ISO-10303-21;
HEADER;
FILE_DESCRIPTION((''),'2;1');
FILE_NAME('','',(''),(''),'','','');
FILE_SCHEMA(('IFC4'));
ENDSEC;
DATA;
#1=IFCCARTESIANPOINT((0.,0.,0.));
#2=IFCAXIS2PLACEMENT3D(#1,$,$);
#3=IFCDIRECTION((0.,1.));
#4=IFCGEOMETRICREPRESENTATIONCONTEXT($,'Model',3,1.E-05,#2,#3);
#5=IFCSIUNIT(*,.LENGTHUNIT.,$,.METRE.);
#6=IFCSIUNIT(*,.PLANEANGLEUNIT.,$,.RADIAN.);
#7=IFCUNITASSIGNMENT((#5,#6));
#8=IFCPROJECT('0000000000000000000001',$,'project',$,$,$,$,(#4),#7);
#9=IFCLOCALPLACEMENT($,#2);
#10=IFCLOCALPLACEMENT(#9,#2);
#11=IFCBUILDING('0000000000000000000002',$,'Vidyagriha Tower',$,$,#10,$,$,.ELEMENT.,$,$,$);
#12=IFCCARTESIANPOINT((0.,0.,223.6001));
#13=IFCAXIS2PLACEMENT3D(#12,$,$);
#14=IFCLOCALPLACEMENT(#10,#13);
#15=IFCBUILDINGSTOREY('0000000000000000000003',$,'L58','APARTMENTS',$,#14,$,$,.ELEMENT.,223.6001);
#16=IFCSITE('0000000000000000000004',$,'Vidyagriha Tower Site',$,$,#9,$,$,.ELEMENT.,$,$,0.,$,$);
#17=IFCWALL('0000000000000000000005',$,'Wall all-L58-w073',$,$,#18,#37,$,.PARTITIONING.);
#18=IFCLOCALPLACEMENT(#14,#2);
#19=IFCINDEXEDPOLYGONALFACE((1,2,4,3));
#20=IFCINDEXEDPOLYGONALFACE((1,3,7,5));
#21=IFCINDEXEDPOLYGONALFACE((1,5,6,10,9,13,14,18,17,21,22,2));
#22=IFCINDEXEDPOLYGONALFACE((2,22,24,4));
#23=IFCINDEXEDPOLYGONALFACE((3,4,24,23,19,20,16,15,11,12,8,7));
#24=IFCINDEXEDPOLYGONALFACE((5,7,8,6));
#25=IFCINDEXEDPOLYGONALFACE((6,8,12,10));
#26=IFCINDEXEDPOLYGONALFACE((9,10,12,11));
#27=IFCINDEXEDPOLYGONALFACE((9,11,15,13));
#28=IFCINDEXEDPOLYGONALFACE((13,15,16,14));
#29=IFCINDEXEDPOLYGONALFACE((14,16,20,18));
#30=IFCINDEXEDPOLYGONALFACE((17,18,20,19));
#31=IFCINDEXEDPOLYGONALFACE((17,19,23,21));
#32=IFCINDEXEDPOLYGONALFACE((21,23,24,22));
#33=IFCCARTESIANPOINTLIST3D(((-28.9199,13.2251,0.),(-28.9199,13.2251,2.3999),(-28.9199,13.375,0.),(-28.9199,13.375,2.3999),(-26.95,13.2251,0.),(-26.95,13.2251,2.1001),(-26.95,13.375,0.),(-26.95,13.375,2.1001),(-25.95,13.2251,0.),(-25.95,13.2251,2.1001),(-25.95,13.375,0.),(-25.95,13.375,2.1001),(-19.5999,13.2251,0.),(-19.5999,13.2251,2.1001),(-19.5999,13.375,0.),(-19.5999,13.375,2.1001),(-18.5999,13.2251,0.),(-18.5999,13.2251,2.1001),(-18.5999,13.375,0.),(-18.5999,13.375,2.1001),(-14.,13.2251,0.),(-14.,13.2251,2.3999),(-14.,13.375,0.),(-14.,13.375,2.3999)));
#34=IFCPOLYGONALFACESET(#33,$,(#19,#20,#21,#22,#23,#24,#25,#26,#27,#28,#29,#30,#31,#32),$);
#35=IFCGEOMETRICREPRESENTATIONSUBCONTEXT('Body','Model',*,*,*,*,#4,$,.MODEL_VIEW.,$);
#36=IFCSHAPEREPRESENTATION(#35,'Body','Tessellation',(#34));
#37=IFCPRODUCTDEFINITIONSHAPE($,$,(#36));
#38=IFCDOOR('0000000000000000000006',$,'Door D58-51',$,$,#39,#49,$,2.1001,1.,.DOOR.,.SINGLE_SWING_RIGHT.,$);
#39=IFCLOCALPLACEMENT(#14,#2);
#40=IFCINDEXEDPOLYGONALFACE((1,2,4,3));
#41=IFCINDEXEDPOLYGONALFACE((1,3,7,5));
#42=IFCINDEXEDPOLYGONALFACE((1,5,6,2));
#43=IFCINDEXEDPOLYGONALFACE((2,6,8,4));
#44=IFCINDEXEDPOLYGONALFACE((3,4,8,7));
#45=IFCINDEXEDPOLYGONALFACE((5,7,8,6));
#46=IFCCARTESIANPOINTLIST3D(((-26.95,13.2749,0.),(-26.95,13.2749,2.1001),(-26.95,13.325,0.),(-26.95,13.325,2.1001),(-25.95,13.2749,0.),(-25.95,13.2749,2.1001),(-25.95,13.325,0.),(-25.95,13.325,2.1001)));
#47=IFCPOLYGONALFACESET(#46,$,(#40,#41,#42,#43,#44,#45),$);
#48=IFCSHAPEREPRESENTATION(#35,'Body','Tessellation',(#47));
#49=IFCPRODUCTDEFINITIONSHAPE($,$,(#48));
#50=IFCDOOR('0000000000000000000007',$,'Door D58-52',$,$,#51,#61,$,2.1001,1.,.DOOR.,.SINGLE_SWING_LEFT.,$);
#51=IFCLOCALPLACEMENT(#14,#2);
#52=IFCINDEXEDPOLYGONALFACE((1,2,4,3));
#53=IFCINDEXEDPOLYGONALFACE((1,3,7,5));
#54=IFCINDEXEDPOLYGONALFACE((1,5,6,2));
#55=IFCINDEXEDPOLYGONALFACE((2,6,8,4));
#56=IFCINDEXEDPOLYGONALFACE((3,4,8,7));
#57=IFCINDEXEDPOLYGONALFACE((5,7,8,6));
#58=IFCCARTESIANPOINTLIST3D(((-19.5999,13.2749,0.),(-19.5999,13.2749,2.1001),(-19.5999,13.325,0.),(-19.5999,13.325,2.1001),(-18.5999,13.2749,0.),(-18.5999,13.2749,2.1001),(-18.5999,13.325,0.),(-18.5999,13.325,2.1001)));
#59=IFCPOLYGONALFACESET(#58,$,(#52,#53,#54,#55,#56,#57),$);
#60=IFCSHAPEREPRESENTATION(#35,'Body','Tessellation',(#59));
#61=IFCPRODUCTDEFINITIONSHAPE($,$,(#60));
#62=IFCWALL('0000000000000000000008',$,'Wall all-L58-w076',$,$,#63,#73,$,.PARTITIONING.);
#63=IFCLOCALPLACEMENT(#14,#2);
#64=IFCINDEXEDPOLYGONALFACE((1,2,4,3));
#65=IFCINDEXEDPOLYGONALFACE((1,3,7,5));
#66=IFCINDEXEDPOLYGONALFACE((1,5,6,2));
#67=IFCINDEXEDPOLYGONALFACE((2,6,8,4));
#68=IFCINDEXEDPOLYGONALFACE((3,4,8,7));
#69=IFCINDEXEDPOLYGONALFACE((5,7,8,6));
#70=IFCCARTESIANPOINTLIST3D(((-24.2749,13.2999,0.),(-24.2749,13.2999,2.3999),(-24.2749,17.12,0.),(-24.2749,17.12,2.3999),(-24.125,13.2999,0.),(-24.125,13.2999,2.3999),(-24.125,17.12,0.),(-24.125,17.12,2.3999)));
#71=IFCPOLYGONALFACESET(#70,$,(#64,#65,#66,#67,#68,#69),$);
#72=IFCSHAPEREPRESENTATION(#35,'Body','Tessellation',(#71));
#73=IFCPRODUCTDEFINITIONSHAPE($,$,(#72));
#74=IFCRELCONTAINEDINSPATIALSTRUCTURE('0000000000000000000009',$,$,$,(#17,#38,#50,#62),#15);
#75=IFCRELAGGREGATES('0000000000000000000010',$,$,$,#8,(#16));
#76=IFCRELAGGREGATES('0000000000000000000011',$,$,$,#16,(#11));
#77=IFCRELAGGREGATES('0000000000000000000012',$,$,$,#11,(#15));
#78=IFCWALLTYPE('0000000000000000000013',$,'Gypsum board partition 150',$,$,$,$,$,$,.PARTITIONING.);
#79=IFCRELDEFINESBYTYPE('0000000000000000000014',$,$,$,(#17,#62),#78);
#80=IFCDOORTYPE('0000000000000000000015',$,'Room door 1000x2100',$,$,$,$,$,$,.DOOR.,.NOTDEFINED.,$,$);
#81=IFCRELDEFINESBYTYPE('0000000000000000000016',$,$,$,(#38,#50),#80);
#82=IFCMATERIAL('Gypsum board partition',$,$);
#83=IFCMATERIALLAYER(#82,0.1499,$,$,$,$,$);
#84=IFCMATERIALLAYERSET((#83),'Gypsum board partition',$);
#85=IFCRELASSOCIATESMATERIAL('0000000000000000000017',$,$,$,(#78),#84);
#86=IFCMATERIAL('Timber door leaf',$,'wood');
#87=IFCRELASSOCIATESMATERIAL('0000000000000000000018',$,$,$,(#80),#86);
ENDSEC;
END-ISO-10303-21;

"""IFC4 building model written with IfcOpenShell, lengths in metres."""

from ifc_helpers import new_model, si_unit, direction, frame, frame_2d, origin, place, context, subcontext, project, spatial, rectangle, extrude, material, layer, layer_set, type_object, element, fill, save


model = new_model("IFC4")

# Units and contexts
model_context = context("Model", 3, precision=1e-05, world=origin(), true_north=direction((0.0, 1.0)))
body_context = subcontext(model_context, "Body", "Model", "MODEL_VIEW")
ifc_project = project(units=[si_unit("LENGTHUNIT", "METRE"), si_unit("PLANEANGLEUNIT", "RADIAN")], contexts=[model_context])

# Site, building, storey
site_placement = place(None, origin())
site = spatial("IfcSite", under=ifc_project, at=site_placement, Name="Vidyagriha Tower Site", CompositionType="ELEMENT", RefElevation=0.0)
building_placement = place(site_placement, origin())
building = spatial("IfcBuilding", under=site, at=building_placement, Name="Vidyagriha Tower", CompositionType="ELEMENT")
storey_placement = place(building_placement, frame((0.0, 0.0, 223.6001)))
storey = spatial("IfcBuildingStorey", under=building, at=storey_placement, Name="L58", Description="APARTMENTS", CompositionType="ELEMENT", Elevation=223.6001)

# Wall, openings, doors
ifc_material_1 = material(Name="Gypsum board partition")
ifc_layer_1 = layer(ifc_material_1, 0.1499)
ifc_layer_set_1 = layer_set([ifc_layer_1], Name="Gypsum board partition")
wall_type_1 = type_object("IfcWallType", Name="Gypsum board partition 150", PredefinedType="PARTITIONING", material=ifc_layer_set_1)
wall_1_placement = place(storey_placement, frame((-28.9199, 13.3, 0.0)))
wall_1 = element("IfcWall", 1, at=wall_1_placement, inside=storey, type_object=wall_type_1, Name="Wall all-L58-w073", PredefinedType="PARTITIONING", context=body_context, shape_type="SweptSolid", body=[
    extrude(rectangle(XDim=14.9199, YDim=0.1499, at=frame_2d((7.46, 0.0))), origin(), (0.0, 0.0, 1.0), 2.3999),
])
opening_1_placement = place(wall_1_placement, frame((1.97, 0.0, 0.0)))
opening_1 = element("IfcOpeningElement", 2, at=opening_1_placement, cuts=wall_1, PredefinedType="OPENING", context=body_context, shape_type="SweptSolid", body=[
    extrude(rectangle(XDim=1.0, YDim=2.1001, at=frame_2d((0.5, 1.05))), frame((0.0, 0.085, 0.0), z_axis=(0.0, -1.0, 0.0), x_axis=(1.0, 0.0, 0.0)), (0.0, 0.0, 1.0), 0.1699),
])
opening_2_placement = place(wall_1_placement, frame((9.3201, 0.0, 0.0)))
opening_2 = element("IfcOpeningElement", 3, at=opening_2_placement, cuts=wall_1, PredefinedType="OPENING", context=body_context, shape_type="SweptSolid", body=[
    extrude(rectangle(XDim=1.0, YDim=2.1001, at=frame_2d((0.5, 1.05))), frame((0.0, 0.085, 0.0), z_axis=(0.0, -1.0, 0.0), x_axis=(1.0, 0.0, 0.0)), (0.0, 0.0, 1.0), 0.1699),
])
ifc_material_2 = material(Name="Timber door leaf", Category="wood")
door_type = type_object("IfcDoorType", Name="Room door 1000x2100", OperationType="NOTDEFINED", PredefinedType="DOOR", material=ifc_material_2)
door_1_placement = place(opening_1_placement, origin())
door_1 = element("IfcDoor", 4, at=door_1_placement, inside=storey, type_object=door_type, Name="Door D58-51", OperationType="SINGLE_SWING_RIGHT", OverallHeight=2.1001, OverallWidth=1.0, PredefinedType="DOOR", context=body_context, shape_type="SweptSolid", body=[
    extrude(rectangle(XDim=1.0, YDim=2.1001, at=frame_2d((0.5, 1.05))), frame((0.0, 0.0249, 0.0), z_axis=(0.0, -1.0, 0.0), x_axis=(1.0, 0.0, 0.0)), (0.0, 0.0, 1.0), 0.05),
])
fill(opening_1, door_1)
door_2_placement = place(opening_2_placement, origin())
door_2 = element("IfcDoor", 5, at=door_2_placement, inside=storey, type_object=door_type, Name="Door D58-52", OperationType="SINGLE_SWING_LEFT", OverallHeight=2.1001, OverallWidth=1.0, PredefinedType="DOOR", context=body_context, shape_type="SweptSolid", body=[
    extrude(rectangle(XDim=1.0, YDim=2.1001, at=frame_2d((0.5, 1.05))), frame((0.0, 0.0249, 0.0), z_axis=(0.0, -1.0, 0.0), x_axis=(1.0, 0.0, 0.0)), (0.0, 0.0, 1.0), 0.05),
])
fill(opening_2, door_2)

# Wall
wall_2_placement = place(storey_placement, frame((-24.2, 17.1201, 0.0), z_axis=(0.0, 0.0, 1.0), x_axis=(0.0, -1.0, 0.0)))
element("IfcWall", 6, at=wall_2_placement, inside=storey, type_object=wall_type_1, Name="Wall all-L58-w076", PredefinedType="PARTITIONING", context=body_context, shape_type="SweptSolid", body=[
    extrude(rectangle(XDim=3.8201, YDim=0.1499, at=frame_2d((1.9102, 0.0))), origin(), (0.0, 0.0, 1.0), 2.3999),
])

save(model, "model.ifc")
